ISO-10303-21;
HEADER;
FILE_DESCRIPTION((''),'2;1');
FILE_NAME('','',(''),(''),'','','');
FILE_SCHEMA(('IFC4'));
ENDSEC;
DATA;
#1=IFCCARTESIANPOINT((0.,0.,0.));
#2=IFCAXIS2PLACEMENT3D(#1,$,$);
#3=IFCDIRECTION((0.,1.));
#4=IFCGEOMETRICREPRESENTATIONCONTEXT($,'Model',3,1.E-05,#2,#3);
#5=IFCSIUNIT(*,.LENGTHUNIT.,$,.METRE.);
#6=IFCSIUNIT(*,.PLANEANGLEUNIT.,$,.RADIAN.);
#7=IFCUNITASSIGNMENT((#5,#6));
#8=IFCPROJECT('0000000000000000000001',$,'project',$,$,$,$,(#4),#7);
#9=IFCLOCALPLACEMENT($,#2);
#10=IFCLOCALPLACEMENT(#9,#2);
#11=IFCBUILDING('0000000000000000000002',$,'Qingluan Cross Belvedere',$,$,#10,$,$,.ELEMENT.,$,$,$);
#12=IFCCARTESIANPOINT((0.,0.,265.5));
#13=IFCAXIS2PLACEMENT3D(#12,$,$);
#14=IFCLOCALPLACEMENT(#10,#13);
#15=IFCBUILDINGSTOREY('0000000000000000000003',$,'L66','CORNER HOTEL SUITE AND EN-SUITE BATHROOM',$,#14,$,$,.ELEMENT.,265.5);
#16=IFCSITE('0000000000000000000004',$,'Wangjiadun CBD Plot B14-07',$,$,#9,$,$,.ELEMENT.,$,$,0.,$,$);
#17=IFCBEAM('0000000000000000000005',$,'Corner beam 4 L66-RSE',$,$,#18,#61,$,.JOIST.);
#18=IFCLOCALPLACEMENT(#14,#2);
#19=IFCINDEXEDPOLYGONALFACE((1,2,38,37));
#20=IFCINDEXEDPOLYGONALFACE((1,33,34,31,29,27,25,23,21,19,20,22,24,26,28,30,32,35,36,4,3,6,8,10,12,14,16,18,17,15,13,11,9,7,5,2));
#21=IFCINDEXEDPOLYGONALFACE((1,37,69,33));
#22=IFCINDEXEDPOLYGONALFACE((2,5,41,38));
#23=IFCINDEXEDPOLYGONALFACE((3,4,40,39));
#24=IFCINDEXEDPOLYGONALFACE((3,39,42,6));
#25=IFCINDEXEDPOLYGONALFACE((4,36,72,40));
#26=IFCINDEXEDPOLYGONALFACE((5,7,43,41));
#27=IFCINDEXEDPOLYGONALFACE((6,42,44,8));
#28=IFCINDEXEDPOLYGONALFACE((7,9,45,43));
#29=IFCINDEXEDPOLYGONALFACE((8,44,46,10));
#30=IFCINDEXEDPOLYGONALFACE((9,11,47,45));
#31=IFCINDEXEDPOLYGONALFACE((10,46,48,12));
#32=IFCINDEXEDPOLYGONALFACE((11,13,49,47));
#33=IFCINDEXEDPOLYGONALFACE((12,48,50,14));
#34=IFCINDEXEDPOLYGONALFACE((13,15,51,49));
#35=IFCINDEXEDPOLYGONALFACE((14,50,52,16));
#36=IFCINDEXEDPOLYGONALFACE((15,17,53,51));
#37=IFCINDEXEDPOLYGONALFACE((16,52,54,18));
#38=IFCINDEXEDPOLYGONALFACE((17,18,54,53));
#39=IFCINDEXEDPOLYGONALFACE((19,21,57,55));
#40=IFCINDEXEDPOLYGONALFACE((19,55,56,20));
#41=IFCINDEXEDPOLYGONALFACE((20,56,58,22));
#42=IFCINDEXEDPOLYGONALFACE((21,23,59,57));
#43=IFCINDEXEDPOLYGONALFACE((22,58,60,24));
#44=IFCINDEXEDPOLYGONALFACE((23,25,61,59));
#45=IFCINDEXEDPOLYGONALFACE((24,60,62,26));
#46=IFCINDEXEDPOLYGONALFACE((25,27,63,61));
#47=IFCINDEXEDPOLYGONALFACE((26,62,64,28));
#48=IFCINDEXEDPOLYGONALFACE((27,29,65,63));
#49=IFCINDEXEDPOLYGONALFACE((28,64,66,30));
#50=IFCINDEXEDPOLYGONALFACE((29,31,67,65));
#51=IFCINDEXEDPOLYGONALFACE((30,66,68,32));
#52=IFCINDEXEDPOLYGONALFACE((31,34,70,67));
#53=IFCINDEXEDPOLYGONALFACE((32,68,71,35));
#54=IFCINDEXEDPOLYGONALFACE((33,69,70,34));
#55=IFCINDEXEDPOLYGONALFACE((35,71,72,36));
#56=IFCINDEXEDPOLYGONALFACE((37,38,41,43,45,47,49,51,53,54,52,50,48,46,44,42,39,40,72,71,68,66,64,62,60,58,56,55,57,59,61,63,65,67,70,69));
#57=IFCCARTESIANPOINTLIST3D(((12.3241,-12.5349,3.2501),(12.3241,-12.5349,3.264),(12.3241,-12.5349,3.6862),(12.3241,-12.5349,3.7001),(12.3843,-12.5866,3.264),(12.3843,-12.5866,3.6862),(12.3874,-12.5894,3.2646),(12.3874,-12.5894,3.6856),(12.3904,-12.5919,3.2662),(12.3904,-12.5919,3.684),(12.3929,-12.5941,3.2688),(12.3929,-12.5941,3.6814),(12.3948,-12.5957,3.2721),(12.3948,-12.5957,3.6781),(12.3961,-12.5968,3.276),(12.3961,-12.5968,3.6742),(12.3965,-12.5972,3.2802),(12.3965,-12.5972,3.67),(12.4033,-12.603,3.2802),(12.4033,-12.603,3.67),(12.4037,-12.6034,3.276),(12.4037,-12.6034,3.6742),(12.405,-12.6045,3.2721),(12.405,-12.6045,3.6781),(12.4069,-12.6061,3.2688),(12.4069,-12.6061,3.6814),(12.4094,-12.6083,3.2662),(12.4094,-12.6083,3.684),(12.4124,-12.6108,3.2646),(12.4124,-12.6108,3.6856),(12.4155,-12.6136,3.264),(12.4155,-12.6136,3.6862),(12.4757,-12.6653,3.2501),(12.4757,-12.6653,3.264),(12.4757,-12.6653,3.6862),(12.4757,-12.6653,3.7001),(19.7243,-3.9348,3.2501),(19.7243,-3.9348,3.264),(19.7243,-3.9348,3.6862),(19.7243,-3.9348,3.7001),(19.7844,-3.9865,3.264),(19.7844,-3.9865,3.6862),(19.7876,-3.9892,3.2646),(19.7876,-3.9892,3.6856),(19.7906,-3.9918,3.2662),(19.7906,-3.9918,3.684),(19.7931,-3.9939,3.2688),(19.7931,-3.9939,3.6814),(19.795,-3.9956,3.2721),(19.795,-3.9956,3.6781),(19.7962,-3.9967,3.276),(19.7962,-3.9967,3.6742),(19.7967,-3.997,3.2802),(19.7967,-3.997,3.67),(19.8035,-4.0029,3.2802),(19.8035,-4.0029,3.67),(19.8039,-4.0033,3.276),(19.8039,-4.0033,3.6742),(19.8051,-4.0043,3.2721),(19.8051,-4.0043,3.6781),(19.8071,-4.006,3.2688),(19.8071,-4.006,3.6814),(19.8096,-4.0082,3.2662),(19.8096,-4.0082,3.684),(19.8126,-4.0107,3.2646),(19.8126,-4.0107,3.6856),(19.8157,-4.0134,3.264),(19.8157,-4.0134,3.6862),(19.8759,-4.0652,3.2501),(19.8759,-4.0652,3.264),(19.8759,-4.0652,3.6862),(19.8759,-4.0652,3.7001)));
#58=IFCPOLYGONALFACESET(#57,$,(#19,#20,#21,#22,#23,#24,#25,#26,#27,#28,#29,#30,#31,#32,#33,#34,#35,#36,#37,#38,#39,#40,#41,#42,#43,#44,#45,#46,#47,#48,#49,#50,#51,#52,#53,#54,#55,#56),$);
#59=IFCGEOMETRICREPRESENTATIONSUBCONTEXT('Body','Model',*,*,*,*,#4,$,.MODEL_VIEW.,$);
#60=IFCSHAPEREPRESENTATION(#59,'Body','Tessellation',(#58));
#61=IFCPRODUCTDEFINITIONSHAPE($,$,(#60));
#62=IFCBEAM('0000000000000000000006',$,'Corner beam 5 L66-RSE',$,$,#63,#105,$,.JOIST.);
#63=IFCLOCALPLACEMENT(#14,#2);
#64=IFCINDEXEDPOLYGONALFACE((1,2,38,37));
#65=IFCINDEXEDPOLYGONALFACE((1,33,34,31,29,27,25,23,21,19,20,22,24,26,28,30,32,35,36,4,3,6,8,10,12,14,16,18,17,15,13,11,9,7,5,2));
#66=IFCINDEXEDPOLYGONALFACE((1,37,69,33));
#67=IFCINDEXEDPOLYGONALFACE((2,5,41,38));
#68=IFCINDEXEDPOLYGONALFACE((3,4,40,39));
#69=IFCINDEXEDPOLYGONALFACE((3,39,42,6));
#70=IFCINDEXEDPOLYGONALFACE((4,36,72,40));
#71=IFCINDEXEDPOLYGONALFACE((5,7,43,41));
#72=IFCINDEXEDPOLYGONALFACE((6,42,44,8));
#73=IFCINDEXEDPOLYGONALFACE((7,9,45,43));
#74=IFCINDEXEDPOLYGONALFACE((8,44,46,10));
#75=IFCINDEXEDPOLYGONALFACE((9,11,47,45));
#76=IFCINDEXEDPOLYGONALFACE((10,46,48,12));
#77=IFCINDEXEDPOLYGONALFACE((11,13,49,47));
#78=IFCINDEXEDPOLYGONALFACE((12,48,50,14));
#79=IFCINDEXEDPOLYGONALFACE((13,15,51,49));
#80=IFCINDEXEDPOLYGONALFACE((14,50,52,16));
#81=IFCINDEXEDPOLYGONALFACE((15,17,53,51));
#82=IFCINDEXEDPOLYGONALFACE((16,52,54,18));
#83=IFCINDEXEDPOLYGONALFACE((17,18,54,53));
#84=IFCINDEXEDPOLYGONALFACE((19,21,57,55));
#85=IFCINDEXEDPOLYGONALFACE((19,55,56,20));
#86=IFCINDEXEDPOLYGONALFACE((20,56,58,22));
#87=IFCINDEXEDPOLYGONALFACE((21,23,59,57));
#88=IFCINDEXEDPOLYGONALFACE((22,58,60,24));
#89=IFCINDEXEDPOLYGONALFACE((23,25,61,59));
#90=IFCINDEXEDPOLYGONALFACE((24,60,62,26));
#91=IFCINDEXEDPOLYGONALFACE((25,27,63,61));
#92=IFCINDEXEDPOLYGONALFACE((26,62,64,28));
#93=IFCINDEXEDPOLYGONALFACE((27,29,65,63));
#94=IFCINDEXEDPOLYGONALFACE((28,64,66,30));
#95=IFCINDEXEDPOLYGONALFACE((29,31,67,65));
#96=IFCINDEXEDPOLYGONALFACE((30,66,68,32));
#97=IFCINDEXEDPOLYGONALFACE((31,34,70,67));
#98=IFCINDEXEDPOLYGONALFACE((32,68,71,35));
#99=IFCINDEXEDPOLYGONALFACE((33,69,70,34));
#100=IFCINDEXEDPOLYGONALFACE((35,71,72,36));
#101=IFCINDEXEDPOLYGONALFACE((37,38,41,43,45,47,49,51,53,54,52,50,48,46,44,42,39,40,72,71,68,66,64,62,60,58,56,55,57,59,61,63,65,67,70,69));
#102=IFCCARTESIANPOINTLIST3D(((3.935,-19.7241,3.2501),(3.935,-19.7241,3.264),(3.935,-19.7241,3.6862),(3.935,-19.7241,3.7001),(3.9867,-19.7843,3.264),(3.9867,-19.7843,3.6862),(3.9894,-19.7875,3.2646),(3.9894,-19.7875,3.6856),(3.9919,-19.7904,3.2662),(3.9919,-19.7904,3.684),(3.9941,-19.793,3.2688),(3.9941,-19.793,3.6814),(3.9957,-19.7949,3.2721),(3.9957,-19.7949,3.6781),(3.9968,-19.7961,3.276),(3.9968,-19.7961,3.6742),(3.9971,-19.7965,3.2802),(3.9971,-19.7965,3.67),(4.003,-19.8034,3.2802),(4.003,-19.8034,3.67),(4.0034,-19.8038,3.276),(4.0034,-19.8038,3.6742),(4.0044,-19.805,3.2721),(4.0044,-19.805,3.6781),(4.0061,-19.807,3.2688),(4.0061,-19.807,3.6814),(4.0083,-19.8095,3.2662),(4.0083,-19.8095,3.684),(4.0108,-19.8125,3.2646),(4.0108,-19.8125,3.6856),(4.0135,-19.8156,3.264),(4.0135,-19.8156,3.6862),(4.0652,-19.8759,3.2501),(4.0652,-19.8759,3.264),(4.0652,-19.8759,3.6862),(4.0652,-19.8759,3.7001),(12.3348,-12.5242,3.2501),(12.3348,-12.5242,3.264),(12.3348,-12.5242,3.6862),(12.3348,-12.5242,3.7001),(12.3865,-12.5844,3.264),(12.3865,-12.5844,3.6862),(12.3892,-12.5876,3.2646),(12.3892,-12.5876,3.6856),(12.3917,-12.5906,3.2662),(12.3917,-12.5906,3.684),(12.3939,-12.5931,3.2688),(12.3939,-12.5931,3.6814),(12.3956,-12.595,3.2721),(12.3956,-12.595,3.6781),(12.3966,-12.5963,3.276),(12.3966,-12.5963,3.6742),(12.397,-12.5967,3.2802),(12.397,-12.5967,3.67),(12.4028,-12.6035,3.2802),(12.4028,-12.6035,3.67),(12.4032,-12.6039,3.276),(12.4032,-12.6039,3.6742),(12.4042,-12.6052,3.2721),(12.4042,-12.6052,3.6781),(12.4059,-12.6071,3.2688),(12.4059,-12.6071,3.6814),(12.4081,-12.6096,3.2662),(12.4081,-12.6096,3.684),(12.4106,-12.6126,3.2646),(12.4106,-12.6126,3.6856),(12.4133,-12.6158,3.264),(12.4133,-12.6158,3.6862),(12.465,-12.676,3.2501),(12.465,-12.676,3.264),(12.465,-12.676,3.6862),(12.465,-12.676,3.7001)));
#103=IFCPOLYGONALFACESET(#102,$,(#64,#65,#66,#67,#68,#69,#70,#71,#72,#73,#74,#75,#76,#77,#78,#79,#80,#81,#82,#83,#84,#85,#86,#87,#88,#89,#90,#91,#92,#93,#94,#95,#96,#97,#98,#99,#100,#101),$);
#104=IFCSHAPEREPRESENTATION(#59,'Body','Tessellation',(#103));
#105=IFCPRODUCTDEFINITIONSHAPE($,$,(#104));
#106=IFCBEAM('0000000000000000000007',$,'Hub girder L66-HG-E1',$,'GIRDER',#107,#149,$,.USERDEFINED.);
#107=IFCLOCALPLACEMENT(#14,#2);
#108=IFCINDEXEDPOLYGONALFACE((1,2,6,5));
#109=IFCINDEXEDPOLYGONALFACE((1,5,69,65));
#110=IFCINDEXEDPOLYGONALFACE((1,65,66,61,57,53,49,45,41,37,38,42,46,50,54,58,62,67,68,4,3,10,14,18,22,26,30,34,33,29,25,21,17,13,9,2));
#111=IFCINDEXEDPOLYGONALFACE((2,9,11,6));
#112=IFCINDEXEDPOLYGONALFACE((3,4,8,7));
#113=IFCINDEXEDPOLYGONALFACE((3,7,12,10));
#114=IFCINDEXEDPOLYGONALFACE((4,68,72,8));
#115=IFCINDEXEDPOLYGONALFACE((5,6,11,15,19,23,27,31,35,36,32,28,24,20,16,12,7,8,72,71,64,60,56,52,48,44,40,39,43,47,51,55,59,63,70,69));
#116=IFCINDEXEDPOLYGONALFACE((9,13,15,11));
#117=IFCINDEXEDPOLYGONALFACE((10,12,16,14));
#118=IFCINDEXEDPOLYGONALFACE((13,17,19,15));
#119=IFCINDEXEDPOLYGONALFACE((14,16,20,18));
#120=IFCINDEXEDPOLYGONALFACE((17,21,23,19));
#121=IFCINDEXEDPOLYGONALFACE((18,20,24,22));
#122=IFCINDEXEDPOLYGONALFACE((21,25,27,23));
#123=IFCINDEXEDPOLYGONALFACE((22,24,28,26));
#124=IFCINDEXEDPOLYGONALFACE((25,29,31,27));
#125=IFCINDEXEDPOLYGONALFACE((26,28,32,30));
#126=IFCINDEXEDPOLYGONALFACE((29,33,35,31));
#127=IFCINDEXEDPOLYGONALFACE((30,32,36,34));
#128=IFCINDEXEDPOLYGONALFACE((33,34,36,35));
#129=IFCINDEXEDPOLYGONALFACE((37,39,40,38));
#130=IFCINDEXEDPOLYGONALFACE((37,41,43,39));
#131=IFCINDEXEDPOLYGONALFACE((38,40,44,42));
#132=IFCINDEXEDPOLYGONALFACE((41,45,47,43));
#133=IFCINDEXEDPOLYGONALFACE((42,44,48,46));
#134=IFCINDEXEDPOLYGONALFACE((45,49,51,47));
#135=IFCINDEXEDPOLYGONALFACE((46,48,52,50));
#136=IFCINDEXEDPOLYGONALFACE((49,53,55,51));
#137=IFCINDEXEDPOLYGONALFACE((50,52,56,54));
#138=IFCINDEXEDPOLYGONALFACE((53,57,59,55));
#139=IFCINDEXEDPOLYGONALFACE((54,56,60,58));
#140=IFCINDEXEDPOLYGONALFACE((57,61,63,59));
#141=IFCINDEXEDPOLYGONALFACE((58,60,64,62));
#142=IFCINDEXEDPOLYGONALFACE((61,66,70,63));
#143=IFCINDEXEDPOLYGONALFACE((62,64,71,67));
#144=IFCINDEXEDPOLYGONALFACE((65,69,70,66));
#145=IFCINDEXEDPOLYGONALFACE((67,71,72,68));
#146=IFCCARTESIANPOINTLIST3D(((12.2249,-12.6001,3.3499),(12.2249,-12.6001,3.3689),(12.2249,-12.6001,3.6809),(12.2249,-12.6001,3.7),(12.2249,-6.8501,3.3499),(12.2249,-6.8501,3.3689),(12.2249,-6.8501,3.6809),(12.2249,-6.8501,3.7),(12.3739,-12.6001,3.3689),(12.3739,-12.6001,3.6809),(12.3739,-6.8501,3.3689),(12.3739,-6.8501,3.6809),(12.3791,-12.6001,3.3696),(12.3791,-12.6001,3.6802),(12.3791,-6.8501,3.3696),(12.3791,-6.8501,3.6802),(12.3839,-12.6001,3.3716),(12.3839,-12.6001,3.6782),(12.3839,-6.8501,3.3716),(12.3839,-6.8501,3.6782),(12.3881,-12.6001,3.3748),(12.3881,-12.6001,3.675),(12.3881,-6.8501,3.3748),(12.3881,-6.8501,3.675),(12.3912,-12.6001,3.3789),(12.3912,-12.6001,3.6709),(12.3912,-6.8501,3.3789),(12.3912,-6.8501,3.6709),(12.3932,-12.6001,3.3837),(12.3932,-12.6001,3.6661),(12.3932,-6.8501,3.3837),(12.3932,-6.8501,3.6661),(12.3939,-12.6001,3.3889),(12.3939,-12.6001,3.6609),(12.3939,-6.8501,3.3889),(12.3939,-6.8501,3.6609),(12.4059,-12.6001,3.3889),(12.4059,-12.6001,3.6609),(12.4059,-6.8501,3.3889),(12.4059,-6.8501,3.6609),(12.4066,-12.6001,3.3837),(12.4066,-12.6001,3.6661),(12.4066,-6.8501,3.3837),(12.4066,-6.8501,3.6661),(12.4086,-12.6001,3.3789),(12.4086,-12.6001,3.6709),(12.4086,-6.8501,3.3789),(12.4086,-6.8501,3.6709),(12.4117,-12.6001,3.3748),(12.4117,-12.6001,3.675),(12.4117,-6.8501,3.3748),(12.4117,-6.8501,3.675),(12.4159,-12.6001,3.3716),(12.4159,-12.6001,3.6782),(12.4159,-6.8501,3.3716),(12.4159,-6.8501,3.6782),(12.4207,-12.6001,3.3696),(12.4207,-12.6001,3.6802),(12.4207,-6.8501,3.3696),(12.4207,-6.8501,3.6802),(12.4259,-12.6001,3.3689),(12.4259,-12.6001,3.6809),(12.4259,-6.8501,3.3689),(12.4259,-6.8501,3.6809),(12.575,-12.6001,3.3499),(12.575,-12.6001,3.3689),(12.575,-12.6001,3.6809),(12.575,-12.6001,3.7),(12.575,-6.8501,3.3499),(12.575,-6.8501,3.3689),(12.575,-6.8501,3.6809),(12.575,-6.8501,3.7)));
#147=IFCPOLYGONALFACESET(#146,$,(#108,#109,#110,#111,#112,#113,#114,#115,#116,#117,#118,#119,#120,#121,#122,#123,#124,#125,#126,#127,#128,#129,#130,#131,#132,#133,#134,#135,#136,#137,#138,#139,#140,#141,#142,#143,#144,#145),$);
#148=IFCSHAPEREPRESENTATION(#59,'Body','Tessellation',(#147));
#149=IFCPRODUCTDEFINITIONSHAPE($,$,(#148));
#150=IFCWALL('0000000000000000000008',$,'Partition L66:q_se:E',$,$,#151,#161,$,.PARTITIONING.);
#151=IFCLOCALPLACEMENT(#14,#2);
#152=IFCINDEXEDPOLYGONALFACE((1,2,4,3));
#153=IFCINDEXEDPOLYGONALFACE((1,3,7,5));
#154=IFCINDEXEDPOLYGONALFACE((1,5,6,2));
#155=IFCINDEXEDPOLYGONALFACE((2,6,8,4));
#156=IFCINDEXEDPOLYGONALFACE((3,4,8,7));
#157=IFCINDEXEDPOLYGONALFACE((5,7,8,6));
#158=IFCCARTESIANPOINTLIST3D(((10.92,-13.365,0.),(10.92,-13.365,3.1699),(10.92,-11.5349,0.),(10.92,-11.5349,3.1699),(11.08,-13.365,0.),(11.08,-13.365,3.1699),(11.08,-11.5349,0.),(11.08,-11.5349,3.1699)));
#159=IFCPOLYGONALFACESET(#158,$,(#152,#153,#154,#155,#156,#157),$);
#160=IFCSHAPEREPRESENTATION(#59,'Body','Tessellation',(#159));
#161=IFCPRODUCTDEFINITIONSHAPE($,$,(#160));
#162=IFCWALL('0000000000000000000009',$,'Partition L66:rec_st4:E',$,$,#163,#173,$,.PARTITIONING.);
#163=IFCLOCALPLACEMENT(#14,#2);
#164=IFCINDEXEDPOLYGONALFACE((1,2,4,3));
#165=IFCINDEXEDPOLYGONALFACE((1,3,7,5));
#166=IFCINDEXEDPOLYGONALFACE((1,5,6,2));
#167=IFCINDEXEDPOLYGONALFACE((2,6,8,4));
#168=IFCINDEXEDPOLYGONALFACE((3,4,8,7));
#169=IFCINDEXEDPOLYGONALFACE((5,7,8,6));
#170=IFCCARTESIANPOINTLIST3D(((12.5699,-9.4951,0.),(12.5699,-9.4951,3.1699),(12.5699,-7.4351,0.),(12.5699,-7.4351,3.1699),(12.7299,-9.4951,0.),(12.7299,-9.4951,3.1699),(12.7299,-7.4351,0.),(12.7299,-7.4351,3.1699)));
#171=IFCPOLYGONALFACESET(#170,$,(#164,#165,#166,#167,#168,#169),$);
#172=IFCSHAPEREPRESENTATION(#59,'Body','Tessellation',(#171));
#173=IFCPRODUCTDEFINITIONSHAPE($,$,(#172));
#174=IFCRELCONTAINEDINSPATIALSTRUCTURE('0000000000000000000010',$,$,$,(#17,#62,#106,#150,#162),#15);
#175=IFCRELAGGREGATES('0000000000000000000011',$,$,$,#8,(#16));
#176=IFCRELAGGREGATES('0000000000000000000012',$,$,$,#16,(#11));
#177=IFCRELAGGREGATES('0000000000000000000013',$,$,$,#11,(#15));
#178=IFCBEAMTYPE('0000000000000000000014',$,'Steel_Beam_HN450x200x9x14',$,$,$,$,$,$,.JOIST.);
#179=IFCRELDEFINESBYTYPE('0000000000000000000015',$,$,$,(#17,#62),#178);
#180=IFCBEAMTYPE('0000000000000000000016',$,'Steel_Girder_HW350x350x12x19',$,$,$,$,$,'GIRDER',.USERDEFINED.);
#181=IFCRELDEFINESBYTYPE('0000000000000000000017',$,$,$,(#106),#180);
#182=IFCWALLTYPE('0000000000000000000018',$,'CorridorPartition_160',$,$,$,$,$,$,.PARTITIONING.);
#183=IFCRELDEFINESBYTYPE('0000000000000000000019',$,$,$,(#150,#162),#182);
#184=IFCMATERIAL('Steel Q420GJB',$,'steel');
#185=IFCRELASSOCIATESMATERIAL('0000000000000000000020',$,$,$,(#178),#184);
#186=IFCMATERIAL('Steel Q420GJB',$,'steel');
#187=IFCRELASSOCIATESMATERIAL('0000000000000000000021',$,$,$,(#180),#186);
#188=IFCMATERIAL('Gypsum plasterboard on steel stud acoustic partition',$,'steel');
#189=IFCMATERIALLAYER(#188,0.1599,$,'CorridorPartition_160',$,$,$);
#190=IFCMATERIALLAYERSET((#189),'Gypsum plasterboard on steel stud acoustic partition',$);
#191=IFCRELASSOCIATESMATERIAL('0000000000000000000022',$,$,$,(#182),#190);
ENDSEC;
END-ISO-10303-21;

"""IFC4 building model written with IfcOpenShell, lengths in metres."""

from ifc_helpers import new_model, si_unit, direction, frame, frame_2d, origin, origin_2d, place, context, subcontext, project, spatial, rectangle, i_section, extrude, material, layer, layer_set, material_profile, profile_set, type_object, element, save


model = new_model("IFC4")

# Units and contexts
model_context = context("Model", 3, precision=1e-05, world=origin(), true_north=direction((0.0, 1.0)))
body_context = subcontext(model_context, "Body", "Model", "MODEL_VIEW")
ifc_project = project(units=[si_unit("LENGTHUNIT", "METRE"), si_unit("PLANEANGLEUNIT", "RADIAN")], contexts=[model_context])

# Site, building, storey
site_placement = place(None, origin())
site = spatial("IfcSite", under=ifc_project, at=site_placement, Name="Wangjiadun CBD Plot B14-07", CompositionType="ELEMENT", RefElevation=0.0)
building_placement = place(site_placement, origin())
building = spatial("IfcBuilding", under=site, at=building_placement, Name="Qingluan Cross Belvedere", CompositionType="ELEMENT")
storey_placement = place(building_placement, frame((0.0, 0.0, 265.5)))
storey = spatial("IfcBuildingStorey", under=building, at=storey_placement, Name="L66", Description="CORNER HOTEL SUITE AND EN-SUITE BATHROOM", CompositionType="ELEMENT", Elevation=265.5)

# Beams
ifc_material_1 = material(Name="Steel Q420GJB", Category="steel")
ifc_material_profile_1 = material_profile(ifc_material_1, i_section(OverallWidth=0.2, OverallDepth=0.45, WebThickness=0.009, FlangeThickness=0.0139, FilletRadius=0.0161, at=origin_2d()), Name="HN450x200x9x14")
ifc_profile_set_1 = profile_set([ifc_material_profile_1], Name="Steel Q420GJB")
beam_type_1 = type_object("IfcBeamType", Name="Steel_Beam_HN450x200x9x14", PredefinedType="JOIST", material=ifc_profile_set_1)
beam_1_placement = place(storey_placement, frame((12.3999, -12.6001, 3.4751), z_axis=(0.652245, 0.758008, 0.0), x_axis=(-0.758008, 0.652245, 0.0)))
element("IfcBeam", 1, at=beam_1_placement, inside=storey, type_object=beam_type_1, Name="Corner beam 4 L66-RSE", PredefinedType="JOIST", context=body_context, shape_type="SweptSolid", body=[
    extrude(i_section(OverallWidth=0.2, OverallDepth=0.45, WebThickness=0.009, FlangeThickness=0.0139, FilletRadius=0.0161, at=origin_2d()), origin(), (0.0, 0.0, 1.0), 11.3457),
])
beam_2_placement = place(storey_placement, frame((12.3999, -12.6001, 3.4751), z_axis=(-0.759255, -0.650793, 0.0), x_axis=(0.650793, -0.759255, 0.0)))
element("IfcBeam", 2, at=beam_2_placement, inside=storey, type_object=beam_type_1, Name="Corner beam 5 L66-RSE", PredefinedType="JOIST", context=body_context, shape_type="SweptSolid", body=[
    extrude(i_section(OverallWidth=0.2, OverallDepth=0.45, WebThickness=0.009, FlangeThickness=0.0139, FilletRadius=0.0161, at=origin_2d()), origin(), (0.0, 0.0, 1.0), 11.0632),
])
ifc_material_2 = material(Name="Steel Q420GJB", Category="steel")
ifc_material_profile_2 = material_profile(ifc_material_2, i_section(OverallWidth=0.3501, OverallDepth=0.3501, WebThickness=0.012, FlangeThickness=0.019, FilletRadius=0.02, at=origin_2d()), Name="HW350x350x12x19")
ifc_profile_set_2 = profile_set([ifc_material_profile_2], Name="Steel Q420GJB")
beam_type_2 = type_object("IfcBeamType", Name="Steel_Girder_HW350x350x12x19", ElementType="GIRDER", PredefinedType="USERDEFINED", material=ifc_profile_set_2)
beam_3_placement = place(storey_placement, frame((12.3999, -12.6001, 3.5249), z_axis=(0.0, 1.0, 0.0), x_axis=(-1.0, 0.0, 0.0)))
element("IfcBeam", 3, at=beam_3_placement, inside=storey, type_object=beam_type_2, Name="Hub girder L66-HG-E1", ObjectType="GIRDER", PredefinedType="USERDEFINED", context=body_context, shape_type="SweptSolid", body=[
    extrude(i_section(OverallWidth=0.3501, OverallDepth=0.3501, WebThickness=0.012, FlangeThickness=0.019, FilletRadius=0.02, at=origin_2d()), origin(), (0.0, 0.0, 1.0), 5.75),
])

# Walls
ifc_material_3 = material(Name="Gypsum plasterboard on steel stud acoustic partition", Category="steel")
ifc_layer_1 = layer(ifc_material_3, 0.1599, Name="CorridorPartition_160")
ifc_layer_set_1 = layer_set([ifc_layer_1], Name="Gypsum plasterboard on steel stud acoustic partition")
wall_type_1 = type_object("IfcWallType", Name="CorridorPartition_160", PredefinedType="PARTITIONING", material=ifc_layer_set_1)
wall_1_placement = place(storey_placement, frame((11.0, -13.365, 0.0), z_axis=(0.0, 0.0, 1.0), x_axis=(0.0, 1.0, 0.0)))
element("IfcWall", 4, at=wall_1_placement, inside=storey, type_object=wall_type_1, Name="Partition L66:q_se:E", PredefinedType="PARTITIONING", context=body_context, shape_type="SweptSolid", body=[
    extrude(rectangle(XDim=1.8301, YDim=0.1599, at=frame_2d((0.915, 0.0))), origin(), (0.0, 0.0, 1.0), 3.1699),
])
wall_2_placement = place(storey_placement, frame((12.6499, -9.4951, 0.0), z_axis=(0.0, 0.0, 1.0), x_axis=(0.0, 1.0, 0.0)))
element("IfcWall", 5, at=wall_2_placement, inside=storey, type_object=wall_type_1, Name="Partition L66:rec_st4:E", PredefinedType="PARTITIONING", context=body_context, shape_type="SweptSolid", body=[
    extrude(rectangle(XDim=2.0601, YDim=0.1599, at=frame_2d((1.03, 0.0))), origin(), (0.0, 0.0, 1.0), 3.1699),
])

save(model, "model.ifc")
